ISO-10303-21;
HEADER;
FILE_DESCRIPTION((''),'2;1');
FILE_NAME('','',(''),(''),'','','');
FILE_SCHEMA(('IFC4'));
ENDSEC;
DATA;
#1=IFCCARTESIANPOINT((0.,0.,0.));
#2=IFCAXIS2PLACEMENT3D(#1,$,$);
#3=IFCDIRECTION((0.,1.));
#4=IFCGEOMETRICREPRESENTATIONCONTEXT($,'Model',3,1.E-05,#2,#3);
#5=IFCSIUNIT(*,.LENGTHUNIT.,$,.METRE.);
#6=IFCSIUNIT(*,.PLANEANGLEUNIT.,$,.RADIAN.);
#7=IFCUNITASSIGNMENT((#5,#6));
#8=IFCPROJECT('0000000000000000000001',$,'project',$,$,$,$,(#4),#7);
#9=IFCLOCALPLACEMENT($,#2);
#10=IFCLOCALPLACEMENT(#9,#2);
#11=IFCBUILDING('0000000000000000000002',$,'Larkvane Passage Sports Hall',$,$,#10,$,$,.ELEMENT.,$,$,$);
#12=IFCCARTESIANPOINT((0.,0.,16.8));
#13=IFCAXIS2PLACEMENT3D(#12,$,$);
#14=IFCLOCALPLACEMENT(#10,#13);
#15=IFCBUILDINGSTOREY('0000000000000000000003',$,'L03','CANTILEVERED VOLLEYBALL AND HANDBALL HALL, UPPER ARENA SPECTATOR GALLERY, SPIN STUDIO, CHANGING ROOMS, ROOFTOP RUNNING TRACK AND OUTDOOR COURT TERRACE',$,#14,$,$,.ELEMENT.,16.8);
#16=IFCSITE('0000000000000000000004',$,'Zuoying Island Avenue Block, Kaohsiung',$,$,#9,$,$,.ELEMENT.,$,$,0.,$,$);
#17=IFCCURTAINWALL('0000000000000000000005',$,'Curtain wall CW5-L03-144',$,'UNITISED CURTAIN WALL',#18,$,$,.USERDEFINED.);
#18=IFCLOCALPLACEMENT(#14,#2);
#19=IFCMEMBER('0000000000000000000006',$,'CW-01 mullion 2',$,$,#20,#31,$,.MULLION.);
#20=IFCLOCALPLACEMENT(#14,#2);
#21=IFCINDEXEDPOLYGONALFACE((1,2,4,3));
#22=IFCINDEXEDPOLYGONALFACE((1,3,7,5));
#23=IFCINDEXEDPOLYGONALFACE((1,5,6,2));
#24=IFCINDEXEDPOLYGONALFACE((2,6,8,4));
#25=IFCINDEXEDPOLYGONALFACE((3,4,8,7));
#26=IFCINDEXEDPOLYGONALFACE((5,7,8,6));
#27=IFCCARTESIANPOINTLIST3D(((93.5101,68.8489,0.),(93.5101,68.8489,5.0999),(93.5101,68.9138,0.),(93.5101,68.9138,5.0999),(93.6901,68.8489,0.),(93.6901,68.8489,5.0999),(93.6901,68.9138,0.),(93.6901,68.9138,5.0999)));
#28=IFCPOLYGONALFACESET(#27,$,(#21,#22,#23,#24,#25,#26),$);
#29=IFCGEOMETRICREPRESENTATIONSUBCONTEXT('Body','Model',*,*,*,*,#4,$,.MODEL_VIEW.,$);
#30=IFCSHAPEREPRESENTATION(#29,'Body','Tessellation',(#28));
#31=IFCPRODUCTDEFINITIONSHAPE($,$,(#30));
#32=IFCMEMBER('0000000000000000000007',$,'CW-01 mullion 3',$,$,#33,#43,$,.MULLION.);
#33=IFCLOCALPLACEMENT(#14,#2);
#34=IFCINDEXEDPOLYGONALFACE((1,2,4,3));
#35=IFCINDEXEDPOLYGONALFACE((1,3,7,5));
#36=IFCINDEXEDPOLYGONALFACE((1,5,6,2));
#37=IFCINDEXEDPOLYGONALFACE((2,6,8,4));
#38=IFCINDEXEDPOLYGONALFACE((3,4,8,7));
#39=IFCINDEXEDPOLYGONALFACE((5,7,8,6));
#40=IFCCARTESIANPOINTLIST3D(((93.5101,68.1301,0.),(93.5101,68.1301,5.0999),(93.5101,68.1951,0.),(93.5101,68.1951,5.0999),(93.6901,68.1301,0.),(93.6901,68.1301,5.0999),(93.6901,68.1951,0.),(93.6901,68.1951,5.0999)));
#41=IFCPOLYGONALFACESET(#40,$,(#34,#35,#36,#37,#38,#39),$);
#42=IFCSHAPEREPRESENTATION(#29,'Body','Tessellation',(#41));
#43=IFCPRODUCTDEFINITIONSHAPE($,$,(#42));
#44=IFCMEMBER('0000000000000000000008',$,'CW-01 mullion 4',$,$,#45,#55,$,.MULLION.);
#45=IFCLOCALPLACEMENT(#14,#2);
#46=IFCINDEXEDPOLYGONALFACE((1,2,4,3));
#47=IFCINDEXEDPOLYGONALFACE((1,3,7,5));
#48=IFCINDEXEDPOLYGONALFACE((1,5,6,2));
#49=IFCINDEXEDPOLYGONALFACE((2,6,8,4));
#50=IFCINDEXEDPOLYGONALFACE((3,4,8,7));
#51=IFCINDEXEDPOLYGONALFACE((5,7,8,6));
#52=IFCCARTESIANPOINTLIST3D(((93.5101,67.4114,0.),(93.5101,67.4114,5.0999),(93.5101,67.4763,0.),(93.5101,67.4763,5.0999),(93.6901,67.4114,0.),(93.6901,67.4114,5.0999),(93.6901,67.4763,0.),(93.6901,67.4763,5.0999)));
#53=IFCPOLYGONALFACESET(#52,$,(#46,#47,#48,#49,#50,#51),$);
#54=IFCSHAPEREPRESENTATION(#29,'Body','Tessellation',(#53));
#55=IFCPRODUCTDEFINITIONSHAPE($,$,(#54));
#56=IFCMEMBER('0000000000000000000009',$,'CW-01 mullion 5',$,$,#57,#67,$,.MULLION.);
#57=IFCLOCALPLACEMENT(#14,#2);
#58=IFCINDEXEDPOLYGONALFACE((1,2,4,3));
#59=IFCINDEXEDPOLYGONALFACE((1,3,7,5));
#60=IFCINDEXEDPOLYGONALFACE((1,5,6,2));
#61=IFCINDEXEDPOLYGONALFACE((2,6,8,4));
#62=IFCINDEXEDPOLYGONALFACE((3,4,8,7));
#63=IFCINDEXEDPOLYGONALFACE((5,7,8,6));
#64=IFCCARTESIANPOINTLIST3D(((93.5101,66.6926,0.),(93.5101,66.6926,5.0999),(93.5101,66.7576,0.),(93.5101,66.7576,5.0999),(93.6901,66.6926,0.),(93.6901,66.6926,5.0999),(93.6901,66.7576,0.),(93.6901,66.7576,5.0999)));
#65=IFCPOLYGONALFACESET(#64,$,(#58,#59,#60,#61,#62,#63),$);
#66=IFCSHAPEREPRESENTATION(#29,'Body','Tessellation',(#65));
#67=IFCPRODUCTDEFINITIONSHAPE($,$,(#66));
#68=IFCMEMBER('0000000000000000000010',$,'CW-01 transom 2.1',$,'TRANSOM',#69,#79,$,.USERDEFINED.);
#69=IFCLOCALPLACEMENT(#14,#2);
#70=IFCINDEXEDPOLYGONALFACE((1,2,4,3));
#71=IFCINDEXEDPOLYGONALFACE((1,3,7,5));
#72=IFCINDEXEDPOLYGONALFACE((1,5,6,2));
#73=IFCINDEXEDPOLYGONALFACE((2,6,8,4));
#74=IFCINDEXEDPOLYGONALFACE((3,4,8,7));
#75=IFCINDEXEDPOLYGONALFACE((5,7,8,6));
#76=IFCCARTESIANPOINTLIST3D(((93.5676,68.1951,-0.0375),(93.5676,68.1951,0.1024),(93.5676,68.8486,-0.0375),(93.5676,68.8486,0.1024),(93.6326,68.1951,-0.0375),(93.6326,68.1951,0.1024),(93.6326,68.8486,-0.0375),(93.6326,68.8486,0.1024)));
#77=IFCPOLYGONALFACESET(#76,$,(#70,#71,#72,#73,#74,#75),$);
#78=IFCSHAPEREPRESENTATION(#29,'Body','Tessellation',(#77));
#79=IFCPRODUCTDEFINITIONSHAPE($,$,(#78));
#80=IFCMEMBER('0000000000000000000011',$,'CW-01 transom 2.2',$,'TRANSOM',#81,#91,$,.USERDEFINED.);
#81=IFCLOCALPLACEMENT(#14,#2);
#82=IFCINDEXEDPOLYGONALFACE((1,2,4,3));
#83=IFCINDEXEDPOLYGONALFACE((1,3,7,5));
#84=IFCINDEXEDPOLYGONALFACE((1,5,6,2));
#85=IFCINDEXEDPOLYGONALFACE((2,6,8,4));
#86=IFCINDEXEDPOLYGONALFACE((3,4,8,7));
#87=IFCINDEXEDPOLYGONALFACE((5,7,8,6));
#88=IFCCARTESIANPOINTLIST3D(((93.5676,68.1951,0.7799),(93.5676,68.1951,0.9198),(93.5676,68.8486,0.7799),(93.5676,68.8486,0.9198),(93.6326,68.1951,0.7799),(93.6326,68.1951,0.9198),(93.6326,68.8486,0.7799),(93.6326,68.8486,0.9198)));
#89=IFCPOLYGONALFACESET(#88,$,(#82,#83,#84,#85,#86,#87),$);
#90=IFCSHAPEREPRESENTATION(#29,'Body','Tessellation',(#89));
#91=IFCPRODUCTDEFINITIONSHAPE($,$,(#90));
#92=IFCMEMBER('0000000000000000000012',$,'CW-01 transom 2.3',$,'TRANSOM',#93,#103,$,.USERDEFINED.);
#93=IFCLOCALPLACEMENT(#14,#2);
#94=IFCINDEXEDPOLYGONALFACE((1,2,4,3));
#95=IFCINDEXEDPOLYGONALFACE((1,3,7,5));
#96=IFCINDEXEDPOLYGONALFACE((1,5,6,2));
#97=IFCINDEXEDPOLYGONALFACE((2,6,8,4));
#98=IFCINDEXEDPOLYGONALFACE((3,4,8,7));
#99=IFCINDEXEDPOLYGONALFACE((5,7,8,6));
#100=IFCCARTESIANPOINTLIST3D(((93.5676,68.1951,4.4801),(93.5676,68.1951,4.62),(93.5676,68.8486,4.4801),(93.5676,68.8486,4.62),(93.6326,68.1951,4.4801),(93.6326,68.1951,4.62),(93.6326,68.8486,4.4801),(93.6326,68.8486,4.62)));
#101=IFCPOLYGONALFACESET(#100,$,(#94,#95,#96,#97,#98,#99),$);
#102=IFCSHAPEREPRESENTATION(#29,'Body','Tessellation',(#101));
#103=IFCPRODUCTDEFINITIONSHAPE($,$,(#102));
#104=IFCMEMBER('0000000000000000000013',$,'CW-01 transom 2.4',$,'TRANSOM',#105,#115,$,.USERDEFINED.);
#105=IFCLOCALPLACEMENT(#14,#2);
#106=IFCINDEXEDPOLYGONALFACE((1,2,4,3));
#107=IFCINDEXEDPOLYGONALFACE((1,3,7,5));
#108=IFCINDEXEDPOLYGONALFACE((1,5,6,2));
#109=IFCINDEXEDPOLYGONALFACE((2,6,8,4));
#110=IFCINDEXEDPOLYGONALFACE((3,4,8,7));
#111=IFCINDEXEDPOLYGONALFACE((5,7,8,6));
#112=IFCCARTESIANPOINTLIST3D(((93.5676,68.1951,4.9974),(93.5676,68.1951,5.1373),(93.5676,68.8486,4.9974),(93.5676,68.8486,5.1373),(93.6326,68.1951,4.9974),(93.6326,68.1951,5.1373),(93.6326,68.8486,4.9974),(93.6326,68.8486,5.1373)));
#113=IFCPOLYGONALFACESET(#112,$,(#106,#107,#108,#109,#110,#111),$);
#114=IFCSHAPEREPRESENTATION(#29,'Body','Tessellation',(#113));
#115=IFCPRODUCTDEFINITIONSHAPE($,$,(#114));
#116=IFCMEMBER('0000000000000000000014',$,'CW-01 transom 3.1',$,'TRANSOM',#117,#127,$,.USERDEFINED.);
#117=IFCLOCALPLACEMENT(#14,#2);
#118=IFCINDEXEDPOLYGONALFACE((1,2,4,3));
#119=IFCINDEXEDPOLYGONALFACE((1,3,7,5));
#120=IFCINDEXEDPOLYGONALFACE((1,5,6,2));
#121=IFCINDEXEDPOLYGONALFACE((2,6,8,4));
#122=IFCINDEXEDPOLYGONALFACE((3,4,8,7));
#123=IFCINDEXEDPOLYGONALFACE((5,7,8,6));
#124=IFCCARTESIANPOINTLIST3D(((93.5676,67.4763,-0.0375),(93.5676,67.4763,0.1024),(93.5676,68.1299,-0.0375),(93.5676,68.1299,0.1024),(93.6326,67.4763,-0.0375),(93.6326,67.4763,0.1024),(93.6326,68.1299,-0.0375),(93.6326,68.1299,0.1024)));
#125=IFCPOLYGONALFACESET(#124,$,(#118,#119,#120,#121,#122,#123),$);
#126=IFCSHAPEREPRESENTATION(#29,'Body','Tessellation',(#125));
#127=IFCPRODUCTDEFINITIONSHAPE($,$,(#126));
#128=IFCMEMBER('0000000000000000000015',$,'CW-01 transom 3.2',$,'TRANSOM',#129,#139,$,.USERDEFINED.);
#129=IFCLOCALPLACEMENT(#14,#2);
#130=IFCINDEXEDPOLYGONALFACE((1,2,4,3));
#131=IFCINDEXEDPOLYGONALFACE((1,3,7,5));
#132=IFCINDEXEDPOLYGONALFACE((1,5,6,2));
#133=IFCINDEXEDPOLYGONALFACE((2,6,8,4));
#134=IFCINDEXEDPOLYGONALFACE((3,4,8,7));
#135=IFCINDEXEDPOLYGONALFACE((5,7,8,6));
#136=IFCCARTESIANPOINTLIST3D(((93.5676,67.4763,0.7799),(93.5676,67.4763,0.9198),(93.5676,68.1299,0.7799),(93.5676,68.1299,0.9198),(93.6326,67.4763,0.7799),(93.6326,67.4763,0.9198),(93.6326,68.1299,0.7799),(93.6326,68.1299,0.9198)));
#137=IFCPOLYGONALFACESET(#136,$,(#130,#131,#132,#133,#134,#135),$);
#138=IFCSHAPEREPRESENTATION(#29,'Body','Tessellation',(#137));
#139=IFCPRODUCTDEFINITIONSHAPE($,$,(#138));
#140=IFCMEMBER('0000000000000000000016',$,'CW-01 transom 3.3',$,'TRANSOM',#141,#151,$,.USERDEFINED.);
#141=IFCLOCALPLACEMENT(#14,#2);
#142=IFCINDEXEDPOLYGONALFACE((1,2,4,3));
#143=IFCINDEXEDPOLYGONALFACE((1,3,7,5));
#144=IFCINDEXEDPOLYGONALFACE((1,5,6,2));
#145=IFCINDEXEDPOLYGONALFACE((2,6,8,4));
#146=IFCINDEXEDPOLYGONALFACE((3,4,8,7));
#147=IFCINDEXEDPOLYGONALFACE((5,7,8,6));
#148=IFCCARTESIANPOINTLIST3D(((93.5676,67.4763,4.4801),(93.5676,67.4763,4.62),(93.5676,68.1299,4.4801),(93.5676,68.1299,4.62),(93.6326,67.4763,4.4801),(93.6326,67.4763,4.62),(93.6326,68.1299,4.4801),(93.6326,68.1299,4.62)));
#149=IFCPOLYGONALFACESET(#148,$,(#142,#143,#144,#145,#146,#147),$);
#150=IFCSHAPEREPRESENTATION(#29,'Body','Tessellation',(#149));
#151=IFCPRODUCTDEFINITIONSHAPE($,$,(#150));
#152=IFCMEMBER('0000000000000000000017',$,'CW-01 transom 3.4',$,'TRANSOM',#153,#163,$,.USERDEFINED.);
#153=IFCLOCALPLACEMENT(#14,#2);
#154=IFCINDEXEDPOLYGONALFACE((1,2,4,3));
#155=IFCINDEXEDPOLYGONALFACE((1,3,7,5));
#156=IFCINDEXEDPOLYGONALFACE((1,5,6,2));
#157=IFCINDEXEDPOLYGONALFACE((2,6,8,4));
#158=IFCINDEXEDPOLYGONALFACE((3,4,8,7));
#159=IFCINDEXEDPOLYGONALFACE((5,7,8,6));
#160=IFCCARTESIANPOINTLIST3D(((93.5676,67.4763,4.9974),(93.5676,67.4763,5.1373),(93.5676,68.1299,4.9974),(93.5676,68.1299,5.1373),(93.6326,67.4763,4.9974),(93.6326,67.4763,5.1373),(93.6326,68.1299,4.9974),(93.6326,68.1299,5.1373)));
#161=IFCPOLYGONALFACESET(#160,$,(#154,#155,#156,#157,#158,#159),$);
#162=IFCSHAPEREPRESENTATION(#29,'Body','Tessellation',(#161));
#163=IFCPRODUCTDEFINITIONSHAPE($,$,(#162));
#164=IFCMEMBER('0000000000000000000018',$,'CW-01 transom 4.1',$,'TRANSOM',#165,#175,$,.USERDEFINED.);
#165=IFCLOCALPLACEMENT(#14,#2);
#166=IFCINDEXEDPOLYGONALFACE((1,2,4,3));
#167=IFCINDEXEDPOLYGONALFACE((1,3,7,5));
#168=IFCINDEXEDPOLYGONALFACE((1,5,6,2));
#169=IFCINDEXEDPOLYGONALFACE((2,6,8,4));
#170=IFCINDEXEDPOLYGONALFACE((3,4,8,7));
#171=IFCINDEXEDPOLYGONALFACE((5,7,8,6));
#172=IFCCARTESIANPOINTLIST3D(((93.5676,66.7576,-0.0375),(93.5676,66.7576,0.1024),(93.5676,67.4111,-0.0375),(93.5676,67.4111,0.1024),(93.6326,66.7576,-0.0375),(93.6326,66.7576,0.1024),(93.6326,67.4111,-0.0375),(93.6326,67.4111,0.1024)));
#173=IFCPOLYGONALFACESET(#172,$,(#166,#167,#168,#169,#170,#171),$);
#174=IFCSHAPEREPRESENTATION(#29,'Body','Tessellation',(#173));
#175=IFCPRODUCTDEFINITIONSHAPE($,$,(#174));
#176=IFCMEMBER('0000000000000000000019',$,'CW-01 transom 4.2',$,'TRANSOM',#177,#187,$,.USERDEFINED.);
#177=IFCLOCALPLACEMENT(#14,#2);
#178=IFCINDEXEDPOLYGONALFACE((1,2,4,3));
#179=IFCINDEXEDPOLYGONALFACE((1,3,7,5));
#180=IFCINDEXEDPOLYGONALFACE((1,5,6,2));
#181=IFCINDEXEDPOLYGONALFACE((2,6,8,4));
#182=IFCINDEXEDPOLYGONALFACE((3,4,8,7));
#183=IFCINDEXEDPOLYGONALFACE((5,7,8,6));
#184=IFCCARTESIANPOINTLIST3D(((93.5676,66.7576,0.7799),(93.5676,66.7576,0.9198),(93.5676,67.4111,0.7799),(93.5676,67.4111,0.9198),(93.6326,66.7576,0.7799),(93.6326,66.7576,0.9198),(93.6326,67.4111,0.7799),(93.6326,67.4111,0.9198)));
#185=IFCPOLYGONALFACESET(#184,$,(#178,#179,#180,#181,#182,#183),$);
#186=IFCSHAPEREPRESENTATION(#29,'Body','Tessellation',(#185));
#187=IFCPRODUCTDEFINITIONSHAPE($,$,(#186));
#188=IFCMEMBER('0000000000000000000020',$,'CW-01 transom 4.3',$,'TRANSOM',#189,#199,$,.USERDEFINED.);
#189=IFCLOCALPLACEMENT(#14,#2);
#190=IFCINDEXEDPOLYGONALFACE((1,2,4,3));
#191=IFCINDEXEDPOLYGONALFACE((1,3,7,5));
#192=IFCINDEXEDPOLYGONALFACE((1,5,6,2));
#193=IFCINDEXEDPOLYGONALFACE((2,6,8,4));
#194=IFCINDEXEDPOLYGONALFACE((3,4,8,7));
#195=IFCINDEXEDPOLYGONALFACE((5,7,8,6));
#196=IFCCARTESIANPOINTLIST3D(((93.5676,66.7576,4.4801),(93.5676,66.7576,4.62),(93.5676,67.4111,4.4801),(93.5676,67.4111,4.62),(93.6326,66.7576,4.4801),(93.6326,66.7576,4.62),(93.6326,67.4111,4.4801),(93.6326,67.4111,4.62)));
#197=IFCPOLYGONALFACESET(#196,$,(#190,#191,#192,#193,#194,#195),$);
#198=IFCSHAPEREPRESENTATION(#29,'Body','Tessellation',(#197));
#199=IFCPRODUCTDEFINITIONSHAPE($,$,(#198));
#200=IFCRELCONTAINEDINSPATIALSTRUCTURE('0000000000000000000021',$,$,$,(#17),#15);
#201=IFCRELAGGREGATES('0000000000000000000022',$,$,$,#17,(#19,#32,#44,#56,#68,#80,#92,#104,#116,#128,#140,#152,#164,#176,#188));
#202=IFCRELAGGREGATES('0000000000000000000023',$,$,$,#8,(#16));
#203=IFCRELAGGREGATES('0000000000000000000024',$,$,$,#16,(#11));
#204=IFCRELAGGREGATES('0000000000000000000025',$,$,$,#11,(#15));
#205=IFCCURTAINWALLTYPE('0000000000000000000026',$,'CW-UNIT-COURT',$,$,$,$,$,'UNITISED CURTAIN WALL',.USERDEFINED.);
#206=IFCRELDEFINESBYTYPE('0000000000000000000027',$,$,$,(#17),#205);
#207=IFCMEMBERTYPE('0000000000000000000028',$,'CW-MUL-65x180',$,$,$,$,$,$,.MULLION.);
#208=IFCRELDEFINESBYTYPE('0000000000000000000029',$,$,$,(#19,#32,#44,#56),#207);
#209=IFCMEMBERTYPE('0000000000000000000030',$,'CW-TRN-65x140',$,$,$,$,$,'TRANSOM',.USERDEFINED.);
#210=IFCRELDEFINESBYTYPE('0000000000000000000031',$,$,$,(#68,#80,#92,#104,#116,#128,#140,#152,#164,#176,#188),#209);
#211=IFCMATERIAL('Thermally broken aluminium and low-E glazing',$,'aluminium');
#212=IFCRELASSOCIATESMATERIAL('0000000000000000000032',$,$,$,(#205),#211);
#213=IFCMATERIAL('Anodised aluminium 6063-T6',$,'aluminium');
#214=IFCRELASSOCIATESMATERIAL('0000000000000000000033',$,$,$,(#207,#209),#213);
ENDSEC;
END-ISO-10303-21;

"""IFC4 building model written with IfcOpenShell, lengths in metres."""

from ifc_helpers import new_model, si_unit, direction, frame, origin, origin_2d, place, context, subcontext, project, spatial, rectangle, extrude, material, material_profile, profile_set, type_object, element, aggregate, save


model = new_model("IFC4")

# Units and contexts
model_context = context("Model", 3, precision=1e-05, world=origin(), true_north=direction((0.0, 1.0)))
body_context = subcontext(model_context, "Body", "Model", "MODEL_VIEW")
ifc_project = project(units=[si_unit("LENGTHUNIT", "METRE"), si_unit("PLANEANGLEUNIT", "RADIAN")], contexts=[model_context])

# Site, building, storey
site_placement = place(None, origin())
site = spatial("IfcSite", under=ifc_project, at=site_placement, Name="Zuoying Island Avenue Block, Kaohsiung", CompositionType="ELEMENT", RefElevation=0.0)
building_placement = place(site_placement, origin())
building = spatial("IfcBuilding", under=site, at=building_placement, Name="Larkvane Passage Sports Hall", CompositionType="ELEMENT")
storey_placement = place(building_placement, frame((0.0, 0.0, 16.8)))
storey = spatial("IfcBuildingStorey", under=building, at=storey_placement, Name="L03", Description="CANTILEVERED VOLLEYBALL AND HANDBALL HALL, UPPER ARENA SPECTATOR GALLERY, SPIN STUDIO, CHANGING ROOMS, ROOFTOP RUNNING TRACK AND OUTDOOR COURT TERRACE", CompositionType="ELEMENT", Elevation=16.8)

# Curtain wall, members
ifc_material_1 = material(Name="Thermally broken aluminium and low-E glazing", Category="aluminium")
curtain_wall_type = type_object("IfcCurtainWallType", Name="CW-UNIT-COURT", ElementType="UNITISED CURTAIN WALL", PredefinedType="USERDEFINED", material=ifc_material_1)
curtain_wall_placement = place(storey_placement, origin())
curtain_wall = element("IfcCurtainWall", 1, at=curtain_wall_placement, inside=storey, type_object=curtain_wall_type, Name="Curtain wall CW5-L03-144", ObjectType="UNITISED CURTAIN WALL", PredefinedType="USERDEFINED")
ifc_material_2 = material(Name="Anodised aluminium 6063-T6", Category="aluminium")
ifc_material_profile_1 = material_profile(ifc_material_2, rectangle(XDim=0.0649, YDim=0.1799, at=origin_2d()), Name="ALU-MUL-65x180")
ifc_profile_set_1 = profile_set([ifc_material_profile_1], Name="Anodised aluminium 6063-T6")
member_type_1 = type_object("IfcMemberType", Name="CW-MUL-65x180", PredefinedType="MULLION", material=ifc_profile_set_1)
member_1_placement = place(storey_placement, frame((93.6001, 68.8813, 0.0), z_axis=(0.0, 0.0, 1.0), x_axis=(0.0, -1.0, 0.0)))
member_1 = element("IfcMember", 2, at=member_1_placement, type_object=member_type_1, Name="CW-01 mullion 2", PredefinedType="MULLION", context=body_context, shape_type="SweptSolid", body=[
    extrude(rectangle(XDim=0.0649, YDim=0.1799, at=origin_2d()), origin(), (0.0, 0.0, 1.0), 5.0999),
])
member_2_placement = place(storey_placement, frame((93.6001, 68.1626, 0.0), z_axis=(0.0, 0.0, 1.0), x_axis=(0.0, -1.0, 0.0)))
member_2 = element("IfcMember", 3, at=member_2_placement, type_object=member_type_1, Name="CW-01 mullion 3", PredefinedType="MULLION", context=body_context, shape_type="SweptSolid", body=[
    extrude(rectangle(XDim=0.0649, YDim=0.1799, at=origin_2d()), origin(), (0.0, 0.0, 1.0), 5.0999),
])
member_3_placement = place(storey_placement, frame((93.6001, 67.4438, 0.0), z_axis=(0.0, 0.0, 1.0), x_axis=(0.0, -1.0, 0.0)))
member_3 = element("IfcMember", 4, at=member_3_placement, type_object=member_type_1, Name="CW-01 mullion 4", PredefinedType="MULLION", context=body_context, shape_type="SweptSolid", body=[
    extrude(rectangle(XDim=0.0649, YDim=0.1799, at=origin_2d()), origin(), (0.0, 0.0, 1.0), 5.0999),
])
member_4_placement = place(storey_placement, frame((93.6001, 66.7251, 0.0), z_axis=(0.0, 0.0, 1.0), x_axis=(0.0, -1.0, 0.0)))
member_4 = element("IfcMember", 5, at=member_4_placement, type_object=member_type_1, Name="CW-01 mullion 5", PredefinedType="MULLION", context=body_context, shape_type="SweptSolid", body=[
    extrude(rectangle(XDim=0.0649, YDim=0.1799, at=origin_2d()), origin(), (0.0, 0.0, 1.0), 5.0999),
])
ifc_material_profile_2 = material_profile(ifc_material_2, rectangle(XDim=0.0649, YDim=0.1399, at=origin_2d()), Name="ALU-TRN-65x140")
ifc_profile_set_2 = profile_set([ifc_material_profile_2], Name="Anodised aluminium 6063-T6")
member_type_2 = type_object("IfcMemberType", Name="CW-TRN-65x140", ElementType="TRANSOM", PredefinedType="USERDEFINED", material=ifc_profile_set_2)
member_5_placement = place(storey_placement, frame((93.6001, 68.8486, 0.0325), z_axis=(0.0, -1.0, 0.0), x_axis=(1.0, 0.0, 0.0)))
member_5 = element("IfcMember", 6, at=member_5_placement, type_object=member_type_2, Name="CW-01 transom 2.1", ObjectType="TRANSOM", PredefinedType="USERDEFINED", context=body_context, shape_type="SweptSolid", body=[
    extrude(rectangle(XDim=0.0649, YDim=0.1399, at=origin_2d()), origin(), (0.0, 0.0, 1.0), 0.6536),
])
member_6_placement = place(storey_placement, frame((93.6001, 68.8486, 0.8499), z_axis=(0.0, -1.0, 0.0), x_axis=(1.0, 0.0, 0.0)))
member_6 = element("IfcMember", 7, at=member_6_placement, type_object=member_type_2, Name="CW-01 transom 2.2", ObjectType="TRANSOM", PredefinedType="USERDEFINED", context=body_context, shape_type="SweptSolid", body=[
    extrude(rectangle(XDim=0.0649, YDim=0.1399, at=origin_2d()), origin(), (0.0, 0.0, 1.0), 0.6536),
])
member_7_placement = place(storey_placement, frame((93.6001, 68.8486, 4.55), z_axis=(0.0, -1.0, 0.0), x_axis=(1.0, 0.0, 0.0)))
member_7 = element("IfcMember", 8, at=member_7_placement, type_object=member_type_2, Name="CW-01 transom 2.3", ObjectType="TRANSOM", PredefinedType="USERDEFINED", context=body_context, shape_type="SweptSolid", body=[
    extrude(rectangle(XDim=0.0649, YDim=0.1399, at=origin_2d()), origin(), (0.0, 0.0, 1.0), 0.6536),
])
member_8_placement = place(storey_placement, frame((93.6001, 68.8486, 5.0674), z_axis=(0.0, -1.0, 0.0), x_axis=(1.0, 0.0, 0.0)))
member_8 = element("IfcMember", 9, at=member_8_placement, type_object=member_type_2, Name="CW-01 transom 2.4", ObjectType="TRANSOM", PredefinedType="USERDEFINED", context=body_context, shape_type="SweptSolid", body=[
    extrude(rectangle(XDim=0.0649, YDim=0.1399, at=origin_2d()), origin(), (0.0, 0.0, 1.0), 0.6536),
])
member_9_placement = place(storey_placement, frame((93.6001, 68.1299, 0.0325), z_axis=(0.0, -1.0, 0.0), x_axis=(1.0, 0.0, 0.0)))
member_9 = element("IfcMember", 10, at=member_9_placement, type_object=member_type_2, Name="CW-01 transom 3.1", ObjectType="TRANSOM", PredefinedType="USERDEFINED", context=body_context, shape_type="SweptSolid", body=[
    extrude(rectangle(XDim=0.0649, YDim=0.1399, at=origin_2d()), origin(), (0.0, 0.0, 1.0), 0.6536),
])
member_10_placement = place(storey_placement, frame((93.6001, 68.1299, 0.8499), z_axis=(0.0, -1.0, 0.0), x_axis=(1.0, 0.0, 0.0)))
member_10 = element("IfcMember", 11, at=member_10_placement, type_object=member_type_2, Name="CW-01 transom 3.2", ObjectType="TRANSOM", PredefinedType="USERDEFINED", context=body_context, shape_type="SweptSolid", body=[
    extrude(rectangle(XDim=0.0649, YDim=0.1399, at=origin_2d()), origin(), (0.0, 0.0, 1.0), 0.6536),
])
member_11_placement = place(storey_placement, frame((93.6001, 68.1299, 4.55), z_axis=(0.0, -1.0, 0.0), x_axis=(1.0, 0.0, 0.0)))
member_11 = element("IfcMember", 12, at=member_11_placement, type_object=member_type_2, Name="CW-01 transom 3.3", ObjectType="TRANSOM", PredefinedType="USERDEFINED", context=body_context, shape_type="SweptSolid", body=[
    extrude(rectangle(XDim=0.0649, YDim=0.1399, at=origin_2d()), origin(), (0.0, 0.0, 1.0), 0.6536),
])
member_12_placement = place(storey_placement, frame((93.6001, 68.1299, 5.0674), z_axis=(0.0, -1.0, 0.0), x_axis=(1.0, 0.0, 0.0)))
member_12 = element("IfcMember", 13, at=member_12_placement, type_object=member_type_2, Name="CW-01 transom 3.4", ObjectType="TRANSOM", PredefinedType="USERDEFINED", context=body_context, shape_type="SweptSolid", body=[
    extrude(rectangle(XDim=0.0649, YDim=0.1399, at=origin_2d()), origin(), (0.0, 0.0, 1.0), 0.6536),
])
member_13_placement = place(storey_placement, frame((93.6001, 67.4111, 0.0325), z_axis=(0.0, -1.0, 0.0), x_axis=(1.0, 0.0, 0.0)))
member_13 = element("IfcMember", 14, at=member_13_placement, type_object=member_type_2, Name="CW-01 transom 4.1", ObjectType="TRANSOM", PredefinedType="USERDEFINED", context=body_context, shape_type="SweptSolid", body=[
    extrude(rectangle(XDim=0.0649, YDim=0.1399, at=origin_2d()), origin(), (0.0, 0.0, 1.0), 0.6536),
])
member_14_placement = place(storey_placement, frame((93.6001, 67.4111, 0.8499), z_axis=(0.0, -1.0, 0.0), x_axis=(1.0, 0.0, 0.0)))
member_14 = element("IfcMember", 15, at=member_14_placement, type_object=member_type_2, Name="CW-01 transom 4.2", ObjectType="TRANSOM", PredefinedType="USERDEFINED", context=body_context, shape_type="SweptSolid", body=[
    extrude(rectangle(XDim=0.0649, YDim=0.1399, at=origin_2d()), origin(), (0.0, 0.0, 1.0), 0.6536),
])
member_15_placement = place(storey_placement, frame((93.6001, 67.4111, 4.55), z_axis=(0.0, -1.0, 0.0), x_axis=(1.0, 0.0, 0.0)))
member_15 = element("IfcMember", 16, at=member_15_placement, type_object=member_type_2, Name="CW-01 transom 4.3", ObjectType="TRANSOM", PredefinedType="USERDEFINED", context=body_context, shape_type="SweptSolid", body=[
    extrude(rectangle(XDim=0.0649, YDim=0.1399, at=origin_2d()), origin(), (0.0, 0.0, 1.0), 0.6536),
])
aggregate(curtain_wall, [member_1, member_2, member_3, member_4, member_5, member_6, member_7, member_8, member_9, member_10, member_11, member_12, member_13, member_14, member_15])

save(model, "model.ifc")
